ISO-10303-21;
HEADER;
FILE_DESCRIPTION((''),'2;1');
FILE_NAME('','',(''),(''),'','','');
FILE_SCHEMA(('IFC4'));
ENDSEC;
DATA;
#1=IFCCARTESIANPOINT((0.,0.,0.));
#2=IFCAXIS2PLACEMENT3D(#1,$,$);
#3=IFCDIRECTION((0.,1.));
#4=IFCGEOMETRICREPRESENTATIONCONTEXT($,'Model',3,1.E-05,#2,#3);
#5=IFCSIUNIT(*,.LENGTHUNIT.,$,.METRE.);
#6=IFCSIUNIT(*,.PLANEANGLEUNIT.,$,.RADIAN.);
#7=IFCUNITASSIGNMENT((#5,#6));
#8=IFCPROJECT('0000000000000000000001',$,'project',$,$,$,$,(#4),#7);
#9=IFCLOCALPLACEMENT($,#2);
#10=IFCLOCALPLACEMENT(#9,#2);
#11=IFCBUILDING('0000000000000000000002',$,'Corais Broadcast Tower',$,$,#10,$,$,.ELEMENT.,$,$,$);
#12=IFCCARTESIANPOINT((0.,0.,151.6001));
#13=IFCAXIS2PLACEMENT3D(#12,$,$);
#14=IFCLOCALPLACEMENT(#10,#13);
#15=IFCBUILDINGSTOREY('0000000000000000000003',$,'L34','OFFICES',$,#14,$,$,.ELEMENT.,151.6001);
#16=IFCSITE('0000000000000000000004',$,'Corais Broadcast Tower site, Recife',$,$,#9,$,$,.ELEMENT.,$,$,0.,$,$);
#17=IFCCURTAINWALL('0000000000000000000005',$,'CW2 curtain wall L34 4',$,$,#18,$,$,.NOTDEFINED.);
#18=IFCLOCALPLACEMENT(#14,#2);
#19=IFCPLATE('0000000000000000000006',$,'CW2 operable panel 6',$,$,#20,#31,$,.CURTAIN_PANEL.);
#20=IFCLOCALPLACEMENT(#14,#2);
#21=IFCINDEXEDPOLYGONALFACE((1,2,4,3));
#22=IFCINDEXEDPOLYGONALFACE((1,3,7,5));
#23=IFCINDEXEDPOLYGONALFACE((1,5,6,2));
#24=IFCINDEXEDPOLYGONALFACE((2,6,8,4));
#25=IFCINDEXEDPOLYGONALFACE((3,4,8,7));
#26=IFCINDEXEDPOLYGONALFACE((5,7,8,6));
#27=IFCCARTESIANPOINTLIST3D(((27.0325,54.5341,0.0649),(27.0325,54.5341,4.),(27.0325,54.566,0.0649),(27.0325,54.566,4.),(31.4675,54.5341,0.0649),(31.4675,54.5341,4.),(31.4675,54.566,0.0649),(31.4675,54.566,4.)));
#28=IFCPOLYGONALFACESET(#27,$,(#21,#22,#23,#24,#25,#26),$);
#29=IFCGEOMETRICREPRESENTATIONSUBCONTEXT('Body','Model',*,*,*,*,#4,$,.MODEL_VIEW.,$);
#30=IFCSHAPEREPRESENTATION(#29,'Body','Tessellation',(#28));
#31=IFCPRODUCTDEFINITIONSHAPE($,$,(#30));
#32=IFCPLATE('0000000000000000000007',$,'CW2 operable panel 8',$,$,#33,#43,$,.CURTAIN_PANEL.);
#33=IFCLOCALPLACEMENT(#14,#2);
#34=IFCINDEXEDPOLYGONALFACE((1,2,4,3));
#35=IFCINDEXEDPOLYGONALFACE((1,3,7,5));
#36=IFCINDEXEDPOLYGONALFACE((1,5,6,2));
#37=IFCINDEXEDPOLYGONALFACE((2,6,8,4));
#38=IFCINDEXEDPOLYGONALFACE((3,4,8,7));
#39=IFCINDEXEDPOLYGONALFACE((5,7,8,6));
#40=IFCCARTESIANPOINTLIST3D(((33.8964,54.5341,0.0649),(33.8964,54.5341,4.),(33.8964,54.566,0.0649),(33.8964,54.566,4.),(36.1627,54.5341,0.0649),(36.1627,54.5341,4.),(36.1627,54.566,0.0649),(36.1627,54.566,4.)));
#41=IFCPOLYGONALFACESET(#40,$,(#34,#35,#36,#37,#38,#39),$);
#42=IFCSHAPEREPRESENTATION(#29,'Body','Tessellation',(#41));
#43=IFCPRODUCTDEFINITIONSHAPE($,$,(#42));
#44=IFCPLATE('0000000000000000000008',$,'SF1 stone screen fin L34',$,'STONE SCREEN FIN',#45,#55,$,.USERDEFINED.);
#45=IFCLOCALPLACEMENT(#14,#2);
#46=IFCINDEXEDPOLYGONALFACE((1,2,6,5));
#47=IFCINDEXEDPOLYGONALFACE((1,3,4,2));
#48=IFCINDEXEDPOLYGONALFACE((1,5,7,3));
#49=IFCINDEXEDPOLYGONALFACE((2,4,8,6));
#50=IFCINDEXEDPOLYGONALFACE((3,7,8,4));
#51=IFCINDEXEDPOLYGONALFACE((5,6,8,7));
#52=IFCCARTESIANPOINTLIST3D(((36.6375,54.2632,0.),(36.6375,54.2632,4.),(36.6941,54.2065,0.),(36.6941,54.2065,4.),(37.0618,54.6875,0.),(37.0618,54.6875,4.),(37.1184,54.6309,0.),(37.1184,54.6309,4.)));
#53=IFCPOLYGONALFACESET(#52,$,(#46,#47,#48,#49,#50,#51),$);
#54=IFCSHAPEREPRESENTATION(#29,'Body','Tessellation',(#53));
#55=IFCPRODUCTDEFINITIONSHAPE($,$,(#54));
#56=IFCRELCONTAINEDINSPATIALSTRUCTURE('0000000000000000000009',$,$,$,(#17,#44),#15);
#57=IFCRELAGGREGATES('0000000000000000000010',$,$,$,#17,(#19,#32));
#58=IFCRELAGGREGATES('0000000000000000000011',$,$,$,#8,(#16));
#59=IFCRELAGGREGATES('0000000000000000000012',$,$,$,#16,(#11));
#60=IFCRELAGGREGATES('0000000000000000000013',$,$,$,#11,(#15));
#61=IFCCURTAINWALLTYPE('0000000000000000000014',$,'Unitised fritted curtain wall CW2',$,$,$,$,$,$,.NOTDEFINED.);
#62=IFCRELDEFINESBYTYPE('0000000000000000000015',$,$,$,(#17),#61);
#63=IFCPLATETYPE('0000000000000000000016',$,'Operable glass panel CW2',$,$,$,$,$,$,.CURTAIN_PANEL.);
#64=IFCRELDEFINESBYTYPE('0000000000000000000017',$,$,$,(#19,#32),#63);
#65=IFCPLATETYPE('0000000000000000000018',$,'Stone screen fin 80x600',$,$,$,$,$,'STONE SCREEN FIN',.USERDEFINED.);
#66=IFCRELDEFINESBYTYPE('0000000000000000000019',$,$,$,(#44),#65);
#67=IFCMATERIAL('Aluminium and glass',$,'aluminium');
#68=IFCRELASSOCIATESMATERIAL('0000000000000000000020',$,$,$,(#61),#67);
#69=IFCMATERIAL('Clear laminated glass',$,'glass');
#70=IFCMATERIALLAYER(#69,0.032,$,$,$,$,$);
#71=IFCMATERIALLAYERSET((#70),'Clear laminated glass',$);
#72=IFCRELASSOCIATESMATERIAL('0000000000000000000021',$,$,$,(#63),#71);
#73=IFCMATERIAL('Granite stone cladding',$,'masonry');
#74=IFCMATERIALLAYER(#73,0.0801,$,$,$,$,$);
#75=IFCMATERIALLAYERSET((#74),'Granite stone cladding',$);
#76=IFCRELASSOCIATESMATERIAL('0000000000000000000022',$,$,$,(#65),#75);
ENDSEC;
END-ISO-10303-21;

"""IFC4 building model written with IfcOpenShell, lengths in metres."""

from ifc_helpers import new_model, si_unit, direction, frame, origin, origin_2d, place, context, subcontext, project, spatial, rectangle, extrude, material, layer, layer_set, type_object, element, aggregate, save


model = new_model("IFC4")

# Units and contexts
model_context = context("Model", 3, precision=1e-05, world=origin(), true_north=direction((0.0, 1.0)))
body_context = subcontext(model_context, "Body", "Model", "MODEL_VIEW")
ifc_project = project(units=[si_unit("LENGTHUNIT", "METRE"), si_unit("PLANEANGLEUNIT", "RADIAN")], contexts=[model_context])

# Site, building, storey
site_placement = place(None, origin())
site = spatial("IfcSite", under=ifc_project, at=site_placement, Name="Corais Broadcast Tower site, Recife", CompositionType="ELEMENT", RefElevation=0.0)
building_placement = place(site_placement, origin())
building = spatial("IfcBuilding", under=site, at=building_placement, Name="Corais Broadcast Tower", CompositionType="ELEMENT")
storey_placement = place(building_placement, frame((0.0, 0.0, 151.6001)))
storey = spatial("IfcBuildingStorey", under=building, at=storey_placement, Name="L34", Description="OFFICES", CompositionType="ELEMENT", Elevation=151.6001)

# Curtain wall
ifc_material_1 = material(Name="Aluminium and glass", Category="aluminium")
curtain_wall_type = type_object("IfcCurtainWallType", Name="Unitised fritted curtain wall CW2", PredefinedType="NOTDEFINED", material=ifc_material_1)
curtain_wall_1_placement = place(storey_placement, origin())
curtain_wall_1 = element("IfcCurtainWall", 1, at=curtain_wall_1_placement, inside=storey, type_object=curtain_wall_type, Name="CW2 curtain wall L34 4", PredefinedType="NOTDEFINED")

# Plates
ifc_material_2 = material(Name="Clear laminated glass", Category="glass")
ifc_layer_1 = layer(ifc_material_2, 0.032)
ifc_layer_set_1 = layer_set([ifc_layer_1], Name="Clear laminated glass")
plate_type_1 = type_object("IfcPlateType", Name="Operable glass panel CW2", PredefinedType="CURTAIN_PANEL", material=ifc_layer_set_1)
plate_1_placement = place(storey_placement, frame((29.25, 54.55, 0.0649), z_axis=(0.0, 0.0, 1.0), x_axis=(1.0, 0.0, 0.0)))
plate_1 = element("IfcPlate", 2, at=plate_1_placement, type_object=plate_type_1, Name="CW2 operable panel 6", PredefinedType="CURTAIN_PANEL", context=body_context, shape_type="SweptSolid", body=[
    extrude(rectangle(XDim=4.4351, YDim=0.032, at=origin_2d()), origin(), (0.0, 0.0, 1.0), 3.9351),
])
plate_2_placement = place(storey_placement, frame((35.0295, 54.55, 0.0649), z_axis=(0.0, 0.0, 1.0), x_axis=(1.0, 0.0, 0.0)))
plate_2 = element("IfcPlate", 3, at=plate_2_placement, type_object=plate_type_1, Name="CW2 operable panel 8", PredefinedType="CURTAIN_PANEL", context=body_context, shape_type="SweptSolid", body=[
    extrude(rectangle(XDim=2.2664, YDim=0.032, at=origin_2d()), origin(), (0.0, 0.0, 1.0), 3.9351),
])
aggregate(curtain_wall_1, [plate_1, plate_2])
ifc_material_3 = material(Name="Granite stone cladding", Category="masonry")
ifc_layer_2 = layer(ifc_material_3, 0.0801)
ifc_layer_set_2 = layer_set([ifc_layer_2], Name="Granite stone cladding")
plate_type_2 = type_object("IfcPlateType", Name="Stone screen fin 80x600", ElementType="STONE SCREEN FIN", PredefinedType="USERDEFINED", material=ifc_layer_set_2)
plate_3_placement = place(storey_placement, frame((36.8779, 54.447, 0.0), z_axis=(0.0, 0.0, 1.0), x_axis=(0.707107, -0.707107, 0.0)))
element("IfcPlate", 4, at=plate_3_placement, inside=storey, type_object=plate_type_2, Name="SF1 stone screen fin L34", ObjectType="STONE SCREEN FIN", PredefinedType="USERDEFINED", context=body_context, shape_type="SweptSolid", body=[
    extrude(rectangle(XDim=0.0801, YDim=0.6001, at=origin_2d()), origin(), (0.0, 0.0, 1.0), 4.0),
])

save(model, "model.ifc")
